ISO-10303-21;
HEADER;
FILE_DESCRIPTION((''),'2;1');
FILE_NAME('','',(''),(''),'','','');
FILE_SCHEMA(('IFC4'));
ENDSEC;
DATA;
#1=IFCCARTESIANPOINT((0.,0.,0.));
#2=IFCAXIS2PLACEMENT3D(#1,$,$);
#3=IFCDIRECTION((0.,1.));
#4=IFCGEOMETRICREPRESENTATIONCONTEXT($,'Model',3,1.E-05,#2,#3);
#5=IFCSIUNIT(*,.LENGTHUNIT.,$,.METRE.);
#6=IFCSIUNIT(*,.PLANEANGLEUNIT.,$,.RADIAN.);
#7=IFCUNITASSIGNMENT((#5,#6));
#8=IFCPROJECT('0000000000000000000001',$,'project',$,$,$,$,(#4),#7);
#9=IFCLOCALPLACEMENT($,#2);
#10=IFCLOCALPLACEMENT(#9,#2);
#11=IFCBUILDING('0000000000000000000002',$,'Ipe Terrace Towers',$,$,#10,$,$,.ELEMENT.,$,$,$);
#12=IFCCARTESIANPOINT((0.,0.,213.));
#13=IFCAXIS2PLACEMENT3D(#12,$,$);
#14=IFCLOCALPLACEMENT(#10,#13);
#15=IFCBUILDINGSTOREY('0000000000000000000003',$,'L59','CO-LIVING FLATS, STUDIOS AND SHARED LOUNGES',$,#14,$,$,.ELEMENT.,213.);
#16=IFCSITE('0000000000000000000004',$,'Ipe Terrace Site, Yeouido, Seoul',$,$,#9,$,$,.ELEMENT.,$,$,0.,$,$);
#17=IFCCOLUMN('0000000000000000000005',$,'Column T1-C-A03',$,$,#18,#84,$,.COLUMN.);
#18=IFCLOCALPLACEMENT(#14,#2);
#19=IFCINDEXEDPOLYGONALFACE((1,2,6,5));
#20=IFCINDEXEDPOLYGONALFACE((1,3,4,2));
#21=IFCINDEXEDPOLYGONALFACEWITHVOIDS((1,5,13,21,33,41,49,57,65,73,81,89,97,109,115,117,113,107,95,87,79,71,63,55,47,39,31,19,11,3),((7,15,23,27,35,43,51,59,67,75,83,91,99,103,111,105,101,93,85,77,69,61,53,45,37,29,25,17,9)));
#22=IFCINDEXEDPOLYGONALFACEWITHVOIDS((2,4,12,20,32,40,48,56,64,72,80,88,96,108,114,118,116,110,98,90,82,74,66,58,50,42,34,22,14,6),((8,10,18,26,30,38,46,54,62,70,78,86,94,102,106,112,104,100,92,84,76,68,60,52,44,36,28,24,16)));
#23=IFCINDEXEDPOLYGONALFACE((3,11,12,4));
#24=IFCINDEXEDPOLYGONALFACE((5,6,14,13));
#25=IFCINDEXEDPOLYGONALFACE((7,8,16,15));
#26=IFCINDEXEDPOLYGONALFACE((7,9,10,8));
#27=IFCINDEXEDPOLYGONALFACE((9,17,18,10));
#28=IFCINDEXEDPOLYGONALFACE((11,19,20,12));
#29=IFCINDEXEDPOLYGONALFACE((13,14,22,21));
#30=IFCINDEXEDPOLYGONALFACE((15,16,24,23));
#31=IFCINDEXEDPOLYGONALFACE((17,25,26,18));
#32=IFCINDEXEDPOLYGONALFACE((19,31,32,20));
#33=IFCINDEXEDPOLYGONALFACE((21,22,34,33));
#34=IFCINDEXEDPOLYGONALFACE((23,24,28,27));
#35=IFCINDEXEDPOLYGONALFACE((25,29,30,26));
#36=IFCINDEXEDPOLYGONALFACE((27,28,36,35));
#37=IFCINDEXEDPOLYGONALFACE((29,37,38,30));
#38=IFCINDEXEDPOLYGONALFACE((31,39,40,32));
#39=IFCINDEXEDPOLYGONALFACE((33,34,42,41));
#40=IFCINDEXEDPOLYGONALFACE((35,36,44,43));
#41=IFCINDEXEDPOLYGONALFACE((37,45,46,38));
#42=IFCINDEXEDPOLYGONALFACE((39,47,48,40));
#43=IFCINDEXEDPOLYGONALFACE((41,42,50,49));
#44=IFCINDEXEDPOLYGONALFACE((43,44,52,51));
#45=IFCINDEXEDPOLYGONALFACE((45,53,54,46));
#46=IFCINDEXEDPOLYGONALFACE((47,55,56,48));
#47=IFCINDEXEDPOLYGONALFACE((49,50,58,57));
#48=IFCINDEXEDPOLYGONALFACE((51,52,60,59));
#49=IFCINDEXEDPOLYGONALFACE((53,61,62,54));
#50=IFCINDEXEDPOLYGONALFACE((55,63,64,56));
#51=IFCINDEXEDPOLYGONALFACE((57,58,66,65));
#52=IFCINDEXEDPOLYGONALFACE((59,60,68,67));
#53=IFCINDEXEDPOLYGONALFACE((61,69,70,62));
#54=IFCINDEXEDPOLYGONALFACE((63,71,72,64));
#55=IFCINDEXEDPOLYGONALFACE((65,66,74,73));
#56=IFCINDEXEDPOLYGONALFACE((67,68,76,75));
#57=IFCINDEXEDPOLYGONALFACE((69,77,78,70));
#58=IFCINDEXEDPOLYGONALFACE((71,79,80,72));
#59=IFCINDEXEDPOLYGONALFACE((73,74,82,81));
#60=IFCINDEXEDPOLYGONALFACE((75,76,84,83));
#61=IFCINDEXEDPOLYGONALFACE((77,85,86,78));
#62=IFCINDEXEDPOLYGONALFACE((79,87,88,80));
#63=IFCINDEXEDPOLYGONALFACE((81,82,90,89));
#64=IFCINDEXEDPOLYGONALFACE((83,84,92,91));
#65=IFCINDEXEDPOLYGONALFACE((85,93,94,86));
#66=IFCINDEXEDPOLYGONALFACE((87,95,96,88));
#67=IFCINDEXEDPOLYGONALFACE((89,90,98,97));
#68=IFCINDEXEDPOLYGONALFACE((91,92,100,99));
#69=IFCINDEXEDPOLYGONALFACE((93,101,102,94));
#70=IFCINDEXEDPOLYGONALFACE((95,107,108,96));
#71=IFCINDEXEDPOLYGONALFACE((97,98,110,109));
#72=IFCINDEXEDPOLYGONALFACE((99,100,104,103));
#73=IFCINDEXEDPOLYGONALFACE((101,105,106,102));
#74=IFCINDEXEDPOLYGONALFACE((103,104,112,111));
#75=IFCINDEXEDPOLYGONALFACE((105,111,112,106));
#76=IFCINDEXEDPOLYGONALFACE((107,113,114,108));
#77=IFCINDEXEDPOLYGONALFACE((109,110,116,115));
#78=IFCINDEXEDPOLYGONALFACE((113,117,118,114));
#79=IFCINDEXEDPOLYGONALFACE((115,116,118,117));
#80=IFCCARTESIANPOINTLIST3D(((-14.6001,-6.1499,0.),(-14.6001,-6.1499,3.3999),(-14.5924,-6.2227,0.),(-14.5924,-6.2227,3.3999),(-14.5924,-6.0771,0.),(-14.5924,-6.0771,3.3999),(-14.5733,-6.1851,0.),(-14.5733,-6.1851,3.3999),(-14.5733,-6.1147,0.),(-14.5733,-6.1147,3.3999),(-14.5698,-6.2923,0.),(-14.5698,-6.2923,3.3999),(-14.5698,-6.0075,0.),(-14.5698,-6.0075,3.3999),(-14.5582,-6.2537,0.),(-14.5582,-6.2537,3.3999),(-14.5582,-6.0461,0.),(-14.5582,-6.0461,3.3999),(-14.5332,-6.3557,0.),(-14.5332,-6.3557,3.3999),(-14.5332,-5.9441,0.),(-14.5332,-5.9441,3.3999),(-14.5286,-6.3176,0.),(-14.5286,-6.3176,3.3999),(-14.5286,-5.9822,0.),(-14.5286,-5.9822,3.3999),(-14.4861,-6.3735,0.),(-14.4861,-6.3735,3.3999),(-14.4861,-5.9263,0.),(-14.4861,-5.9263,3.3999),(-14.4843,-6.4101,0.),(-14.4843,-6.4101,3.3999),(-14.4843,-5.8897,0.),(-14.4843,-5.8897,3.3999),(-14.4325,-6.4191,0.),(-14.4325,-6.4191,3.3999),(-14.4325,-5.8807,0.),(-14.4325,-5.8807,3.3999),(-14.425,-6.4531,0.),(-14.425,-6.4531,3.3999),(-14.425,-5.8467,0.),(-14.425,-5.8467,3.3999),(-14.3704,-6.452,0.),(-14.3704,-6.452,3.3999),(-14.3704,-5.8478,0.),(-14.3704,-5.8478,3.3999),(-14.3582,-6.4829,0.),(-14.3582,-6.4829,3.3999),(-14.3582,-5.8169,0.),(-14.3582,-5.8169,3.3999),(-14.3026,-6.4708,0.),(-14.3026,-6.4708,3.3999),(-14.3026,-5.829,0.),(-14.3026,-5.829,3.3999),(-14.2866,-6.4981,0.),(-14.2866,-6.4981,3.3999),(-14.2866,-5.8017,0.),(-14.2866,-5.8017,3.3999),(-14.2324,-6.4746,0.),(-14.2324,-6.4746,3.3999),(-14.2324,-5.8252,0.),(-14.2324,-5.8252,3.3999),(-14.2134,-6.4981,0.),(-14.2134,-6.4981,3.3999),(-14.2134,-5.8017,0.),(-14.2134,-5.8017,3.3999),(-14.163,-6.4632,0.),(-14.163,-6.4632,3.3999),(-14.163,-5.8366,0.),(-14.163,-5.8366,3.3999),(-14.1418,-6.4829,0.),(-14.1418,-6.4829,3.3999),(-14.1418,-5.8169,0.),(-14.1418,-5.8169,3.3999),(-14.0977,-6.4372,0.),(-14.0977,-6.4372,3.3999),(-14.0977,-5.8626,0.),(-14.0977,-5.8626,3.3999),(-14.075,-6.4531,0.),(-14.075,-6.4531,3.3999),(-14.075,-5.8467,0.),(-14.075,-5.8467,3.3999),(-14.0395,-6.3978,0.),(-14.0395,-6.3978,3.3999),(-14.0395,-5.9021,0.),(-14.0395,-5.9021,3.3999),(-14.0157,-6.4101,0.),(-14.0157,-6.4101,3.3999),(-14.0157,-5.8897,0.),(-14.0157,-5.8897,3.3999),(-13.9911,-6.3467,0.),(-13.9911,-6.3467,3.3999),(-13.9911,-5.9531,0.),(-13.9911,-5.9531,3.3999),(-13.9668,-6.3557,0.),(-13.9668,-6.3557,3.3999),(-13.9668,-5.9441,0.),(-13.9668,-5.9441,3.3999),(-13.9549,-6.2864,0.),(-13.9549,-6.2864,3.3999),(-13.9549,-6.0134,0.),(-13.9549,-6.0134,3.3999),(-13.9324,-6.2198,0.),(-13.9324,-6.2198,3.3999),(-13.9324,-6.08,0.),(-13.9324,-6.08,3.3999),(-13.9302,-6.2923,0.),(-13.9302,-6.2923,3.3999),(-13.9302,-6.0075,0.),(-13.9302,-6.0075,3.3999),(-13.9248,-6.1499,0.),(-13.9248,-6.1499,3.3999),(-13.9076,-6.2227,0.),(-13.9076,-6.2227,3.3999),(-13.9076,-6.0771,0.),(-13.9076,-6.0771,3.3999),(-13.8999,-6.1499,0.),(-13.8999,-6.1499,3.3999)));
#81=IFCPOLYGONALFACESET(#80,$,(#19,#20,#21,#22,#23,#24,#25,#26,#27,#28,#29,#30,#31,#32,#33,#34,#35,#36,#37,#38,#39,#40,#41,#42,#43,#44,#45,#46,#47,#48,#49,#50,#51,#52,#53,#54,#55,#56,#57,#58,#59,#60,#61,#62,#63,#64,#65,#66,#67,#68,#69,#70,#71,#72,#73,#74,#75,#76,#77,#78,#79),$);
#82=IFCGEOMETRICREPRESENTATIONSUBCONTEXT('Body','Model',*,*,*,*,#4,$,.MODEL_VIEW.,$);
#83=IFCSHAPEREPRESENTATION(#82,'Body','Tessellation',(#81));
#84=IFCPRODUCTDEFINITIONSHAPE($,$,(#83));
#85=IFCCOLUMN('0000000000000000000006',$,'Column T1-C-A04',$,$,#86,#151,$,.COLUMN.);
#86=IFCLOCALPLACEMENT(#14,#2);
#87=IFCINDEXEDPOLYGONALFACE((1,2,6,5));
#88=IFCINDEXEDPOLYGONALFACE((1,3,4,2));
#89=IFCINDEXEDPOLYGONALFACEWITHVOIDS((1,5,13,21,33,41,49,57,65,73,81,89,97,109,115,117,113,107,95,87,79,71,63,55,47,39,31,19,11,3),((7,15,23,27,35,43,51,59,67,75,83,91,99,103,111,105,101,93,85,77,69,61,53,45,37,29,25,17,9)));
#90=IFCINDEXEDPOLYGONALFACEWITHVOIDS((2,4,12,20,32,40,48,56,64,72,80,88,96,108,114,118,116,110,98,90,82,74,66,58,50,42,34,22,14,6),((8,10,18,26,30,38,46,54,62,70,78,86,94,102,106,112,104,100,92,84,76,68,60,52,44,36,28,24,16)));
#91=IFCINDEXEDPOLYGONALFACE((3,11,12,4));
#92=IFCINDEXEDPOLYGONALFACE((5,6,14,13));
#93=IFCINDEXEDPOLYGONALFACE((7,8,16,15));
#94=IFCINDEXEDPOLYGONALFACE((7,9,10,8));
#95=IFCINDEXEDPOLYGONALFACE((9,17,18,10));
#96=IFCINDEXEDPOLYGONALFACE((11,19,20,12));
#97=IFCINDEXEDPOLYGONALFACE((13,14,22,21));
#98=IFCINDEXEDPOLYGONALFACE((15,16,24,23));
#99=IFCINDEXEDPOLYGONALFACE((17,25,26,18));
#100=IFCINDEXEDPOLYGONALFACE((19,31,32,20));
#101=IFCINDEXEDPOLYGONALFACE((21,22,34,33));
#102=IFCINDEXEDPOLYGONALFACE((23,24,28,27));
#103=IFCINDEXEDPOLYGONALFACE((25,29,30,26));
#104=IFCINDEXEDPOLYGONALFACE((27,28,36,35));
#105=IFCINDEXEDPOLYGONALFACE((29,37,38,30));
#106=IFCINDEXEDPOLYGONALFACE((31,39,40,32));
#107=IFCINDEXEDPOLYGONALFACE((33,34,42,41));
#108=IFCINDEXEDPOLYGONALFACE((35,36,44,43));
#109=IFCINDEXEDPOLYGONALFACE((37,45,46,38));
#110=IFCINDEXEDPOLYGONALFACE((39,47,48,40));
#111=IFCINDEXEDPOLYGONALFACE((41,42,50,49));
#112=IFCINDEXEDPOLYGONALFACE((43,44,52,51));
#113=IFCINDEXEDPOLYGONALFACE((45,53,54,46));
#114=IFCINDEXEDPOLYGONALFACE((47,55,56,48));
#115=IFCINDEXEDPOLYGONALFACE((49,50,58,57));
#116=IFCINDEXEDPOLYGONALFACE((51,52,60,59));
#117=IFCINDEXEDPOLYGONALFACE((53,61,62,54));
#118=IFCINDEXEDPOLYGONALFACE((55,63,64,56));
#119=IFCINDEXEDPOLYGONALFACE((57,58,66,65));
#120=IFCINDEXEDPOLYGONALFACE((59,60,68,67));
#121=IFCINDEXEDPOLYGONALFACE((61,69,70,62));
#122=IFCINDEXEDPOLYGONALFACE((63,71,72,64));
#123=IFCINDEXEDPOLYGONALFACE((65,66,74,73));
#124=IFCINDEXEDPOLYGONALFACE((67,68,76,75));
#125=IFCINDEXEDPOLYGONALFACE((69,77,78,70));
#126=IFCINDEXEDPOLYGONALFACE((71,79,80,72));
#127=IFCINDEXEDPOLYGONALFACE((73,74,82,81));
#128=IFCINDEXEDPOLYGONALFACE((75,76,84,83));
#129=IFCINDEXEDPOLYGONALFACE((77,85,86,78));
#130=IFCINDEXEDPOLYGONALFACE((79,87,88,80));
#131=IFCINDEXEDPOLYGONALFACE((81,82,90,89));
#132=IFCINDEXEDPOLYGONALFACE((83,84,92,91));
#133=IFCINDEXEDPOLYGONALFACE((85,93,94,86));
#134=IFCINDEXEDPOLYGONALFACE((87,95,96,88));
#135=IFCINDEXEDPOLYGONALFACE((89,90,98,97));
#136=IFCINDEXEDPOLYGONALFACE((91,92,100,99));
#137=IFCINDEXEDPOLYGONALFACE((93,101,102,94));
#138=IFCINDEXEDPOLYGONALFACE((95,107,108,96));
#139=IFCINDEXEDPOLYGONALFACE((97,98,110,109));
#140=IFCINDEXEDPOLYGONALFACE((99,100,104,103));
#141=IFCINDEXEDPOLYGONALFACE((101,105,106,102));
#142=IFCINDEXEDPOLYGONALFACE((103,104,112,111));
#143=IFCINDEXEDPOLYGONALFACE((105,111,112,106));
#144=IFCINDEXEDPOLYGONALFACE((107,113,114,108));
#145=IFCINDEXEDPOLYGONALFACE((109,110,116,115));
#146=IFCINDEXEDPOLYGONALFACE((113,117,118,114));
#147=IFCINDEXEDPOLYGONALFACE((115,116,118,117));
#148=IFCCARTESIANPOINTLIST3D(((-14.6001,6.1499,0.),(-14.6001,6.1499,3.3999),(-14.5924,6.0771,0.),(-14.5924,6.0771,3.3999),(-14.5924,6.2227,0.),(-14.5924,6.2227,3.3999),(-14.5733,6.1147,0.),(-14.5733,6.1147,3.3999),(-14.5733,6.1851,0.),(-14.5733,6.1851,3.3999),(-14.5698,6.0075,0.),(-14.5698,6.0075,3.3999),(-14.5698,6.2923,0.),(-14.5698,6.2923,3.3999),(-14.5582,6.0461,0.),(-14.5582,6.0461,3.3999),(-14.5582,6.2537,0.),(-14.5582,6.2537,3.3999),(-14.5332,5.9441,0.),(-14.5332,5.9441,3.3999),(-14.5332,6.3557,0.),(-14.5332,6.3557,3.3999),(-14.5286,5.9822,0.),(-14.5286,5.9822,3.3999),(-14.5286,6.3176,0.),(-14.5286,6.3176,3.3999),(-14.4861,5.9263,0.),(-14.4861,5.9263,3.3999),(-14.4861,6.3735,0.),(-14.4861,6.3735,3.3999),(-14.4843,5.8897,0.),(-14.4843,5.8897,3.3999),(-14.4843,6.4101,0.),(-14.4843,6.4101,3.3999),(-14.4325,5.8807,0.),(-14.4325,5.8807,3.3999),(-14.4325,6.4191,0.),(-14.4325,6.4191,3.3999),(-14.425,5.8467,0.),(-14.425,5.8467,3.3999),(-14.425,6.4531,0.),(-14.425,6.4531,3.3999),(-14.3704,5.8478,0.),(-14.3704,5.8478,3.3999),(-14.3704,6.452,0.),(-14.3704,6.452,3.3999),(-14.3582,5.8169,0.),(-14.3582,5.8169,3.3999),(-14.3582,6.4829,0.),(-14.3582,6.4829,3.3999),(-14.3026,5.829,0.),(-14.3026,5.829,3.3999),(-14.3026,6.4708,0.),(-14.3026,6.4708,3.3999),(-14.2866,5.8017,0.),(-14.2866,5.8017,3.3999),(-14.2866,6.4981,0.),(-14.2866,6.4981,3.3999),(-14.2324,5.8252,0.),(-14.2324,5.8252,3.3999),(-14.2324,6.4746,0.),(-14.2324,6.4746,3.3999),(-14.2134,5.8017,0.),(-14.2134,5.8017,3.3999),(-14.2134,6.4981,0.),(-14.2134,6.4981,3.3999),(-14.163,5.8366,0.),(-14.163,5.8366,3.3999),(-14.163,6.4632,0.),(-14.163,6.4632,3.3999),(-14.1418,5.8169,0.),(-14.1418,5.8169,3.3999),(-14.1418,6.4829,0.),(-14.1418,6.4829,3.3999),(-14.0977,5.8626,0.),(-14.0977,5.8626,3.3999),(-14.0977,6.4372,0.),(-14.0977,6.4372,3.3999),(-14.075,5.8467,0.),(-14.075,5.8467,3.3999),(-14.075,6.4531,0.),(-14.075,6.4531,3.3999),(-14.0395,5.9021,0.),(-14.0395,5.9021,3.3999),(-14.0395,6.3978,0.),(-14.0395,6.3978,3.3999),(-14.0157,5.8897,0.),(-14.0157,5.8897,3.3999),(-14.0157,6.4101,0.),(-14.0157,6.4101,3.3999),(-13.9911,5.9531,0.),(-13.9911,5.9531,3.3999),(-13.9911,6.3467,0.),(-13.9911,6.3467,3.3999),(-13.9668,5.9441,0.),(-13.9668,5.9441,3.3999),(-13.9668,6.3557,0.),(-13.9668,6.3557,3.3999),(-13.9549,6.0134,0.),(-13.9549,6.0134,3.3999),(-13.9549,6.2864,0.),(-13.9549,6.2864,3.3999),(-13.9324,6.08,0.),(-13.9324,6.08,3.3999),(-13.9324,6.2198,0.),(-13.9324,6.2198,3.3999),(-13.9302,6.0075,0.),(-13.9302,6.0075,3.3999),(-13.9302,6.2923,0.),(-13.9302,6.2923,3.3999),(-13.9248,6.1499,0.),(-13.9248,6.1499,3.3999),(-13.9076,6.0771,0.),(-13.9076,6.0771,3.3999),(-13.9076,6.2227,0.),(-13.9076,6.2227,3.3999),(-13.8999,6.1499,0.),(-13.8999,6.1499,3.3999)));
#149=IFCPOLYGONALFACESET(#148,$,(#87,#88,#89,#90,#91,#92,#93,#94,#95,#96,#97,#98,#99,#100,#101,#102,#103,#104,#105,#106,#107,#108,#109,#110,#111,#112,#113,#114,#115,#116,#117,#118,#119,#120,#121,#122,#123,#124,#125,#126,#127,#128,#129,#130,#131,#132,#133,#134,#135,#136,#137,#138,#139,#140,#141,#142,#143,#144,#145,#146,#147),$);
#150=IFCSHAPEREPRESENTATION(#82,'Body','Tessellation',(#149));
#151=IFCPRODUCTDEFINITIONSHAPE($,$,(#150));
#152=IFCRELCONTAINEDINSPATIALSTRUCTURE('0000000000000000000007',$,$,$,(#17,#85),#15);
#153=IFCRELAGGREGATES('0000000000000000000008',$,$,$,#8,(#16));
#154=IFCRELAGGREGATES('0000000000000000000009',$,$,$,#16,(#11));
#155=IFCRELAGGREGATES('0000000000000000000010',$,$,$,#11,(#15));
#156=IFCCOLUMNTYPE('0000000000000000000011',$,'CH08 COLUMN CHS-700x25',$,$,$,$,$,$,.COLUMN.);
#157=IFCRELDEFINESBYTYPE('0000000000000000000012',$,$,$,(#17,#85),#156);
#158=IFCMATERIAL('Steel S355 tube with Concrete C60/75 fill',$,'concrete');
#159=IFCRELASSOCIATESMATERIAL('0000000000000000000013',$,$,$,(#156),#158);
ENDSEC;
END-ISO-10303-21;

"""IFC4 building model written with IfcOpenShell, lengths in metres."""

from ifc_helpers import new_model, si_unit, direction, frame, origin, origin_2d, place, context, subcontext, project, spatial, hollow_circle, extrude, material, material_profile, profile_set, type_object, element, save


model = new_model("IFC4")

# Units and contexts
model_context = context("Model", 3, precision=1e-05, world=origin(), true_north=direction((0.0, 1.0)))
body_context = subcontext(model_context, "Body", "Model", "MODEL_VIEW")
ifc_project = project(units=[si_unit("LENGTHUNIT", "METRE"), si_unit("PLANEANGLEUNIT", "RADIAN")], contexts=[model_context])

# Site, building, storey
site_placement = place(None, origin())
site = spatial("IfcSite", under=ifc_project, at=site_placement, Name="Ipe Terrace Site, Yeouido, Seoul", CompositionType="ELEMENT", RefElevation=0.0)
building_placement = place(site_placement, origin())
building = spatial("IfcBuilding", under=site, at=building_placement, Name="Ipe Terrace Towers", CompositionType="ELEMENT")
storey_placement = place(building_placement, frame((0.0, 0.0, 213.0)))
storey = spatial("IfcBuildingStorey", under=building, at=storey_placement, Name="L59", Description="CO-LIVING FLATS, STUDIOS AND SHARED LOUNGES", CompositionType="ELEMENT", Elevation=213.0)

# Columns
ifc_material_1 = material(Name="Steel S355 tube with Concrete C60/75 fill", Category="concrete")
ifc_material_profile_1 = material_profile(ifc_material_1, hollow_circle(Radius=0.3501, WallThickness=0.0249, at=origin_2d()), Name="CHS-700x25")
ifc_profile_set_1 = profile_set([ifc_material_profile_1], Name="Steel S355 tube with Concrete C60/75 fill")
column_type = type_object("IfcColumnType", Name="CH08 COLUMN CHS-700x25", PredefinedType="COLUMN", material=ifc_profile_set_1)
for number, where, z_axis, x_axis, name in (
    (1, (-14.25, -6.1499, 0.0), (0.0, 0.0, 1.0), (1.0, 0.0, 0.0), "Column T1-C-A03"),
    (2, (-14.25, 6.1499, 0.0), (0.0, 0.0, 1.0), (1.0, 0.0, 0.0), "Column T1-C-A04"),
):
    element("IfcColumn", number, at=place(storey_placement, frame(where, z_axis=z_axis, x_axis=x_axis)), inside=storey, type_object=column_type, Name=name, PredefinedType="COLUMN", context=body_context, shape_type="SweptSolid", body=[
        extrude(hollow_circle(Radius=0.3501, WallThickness=0.0249, at=origin_2d()), origin(), (0.0, 0.0, 1.0), 3.3999),
    ])

save(model, "model.ifc")
